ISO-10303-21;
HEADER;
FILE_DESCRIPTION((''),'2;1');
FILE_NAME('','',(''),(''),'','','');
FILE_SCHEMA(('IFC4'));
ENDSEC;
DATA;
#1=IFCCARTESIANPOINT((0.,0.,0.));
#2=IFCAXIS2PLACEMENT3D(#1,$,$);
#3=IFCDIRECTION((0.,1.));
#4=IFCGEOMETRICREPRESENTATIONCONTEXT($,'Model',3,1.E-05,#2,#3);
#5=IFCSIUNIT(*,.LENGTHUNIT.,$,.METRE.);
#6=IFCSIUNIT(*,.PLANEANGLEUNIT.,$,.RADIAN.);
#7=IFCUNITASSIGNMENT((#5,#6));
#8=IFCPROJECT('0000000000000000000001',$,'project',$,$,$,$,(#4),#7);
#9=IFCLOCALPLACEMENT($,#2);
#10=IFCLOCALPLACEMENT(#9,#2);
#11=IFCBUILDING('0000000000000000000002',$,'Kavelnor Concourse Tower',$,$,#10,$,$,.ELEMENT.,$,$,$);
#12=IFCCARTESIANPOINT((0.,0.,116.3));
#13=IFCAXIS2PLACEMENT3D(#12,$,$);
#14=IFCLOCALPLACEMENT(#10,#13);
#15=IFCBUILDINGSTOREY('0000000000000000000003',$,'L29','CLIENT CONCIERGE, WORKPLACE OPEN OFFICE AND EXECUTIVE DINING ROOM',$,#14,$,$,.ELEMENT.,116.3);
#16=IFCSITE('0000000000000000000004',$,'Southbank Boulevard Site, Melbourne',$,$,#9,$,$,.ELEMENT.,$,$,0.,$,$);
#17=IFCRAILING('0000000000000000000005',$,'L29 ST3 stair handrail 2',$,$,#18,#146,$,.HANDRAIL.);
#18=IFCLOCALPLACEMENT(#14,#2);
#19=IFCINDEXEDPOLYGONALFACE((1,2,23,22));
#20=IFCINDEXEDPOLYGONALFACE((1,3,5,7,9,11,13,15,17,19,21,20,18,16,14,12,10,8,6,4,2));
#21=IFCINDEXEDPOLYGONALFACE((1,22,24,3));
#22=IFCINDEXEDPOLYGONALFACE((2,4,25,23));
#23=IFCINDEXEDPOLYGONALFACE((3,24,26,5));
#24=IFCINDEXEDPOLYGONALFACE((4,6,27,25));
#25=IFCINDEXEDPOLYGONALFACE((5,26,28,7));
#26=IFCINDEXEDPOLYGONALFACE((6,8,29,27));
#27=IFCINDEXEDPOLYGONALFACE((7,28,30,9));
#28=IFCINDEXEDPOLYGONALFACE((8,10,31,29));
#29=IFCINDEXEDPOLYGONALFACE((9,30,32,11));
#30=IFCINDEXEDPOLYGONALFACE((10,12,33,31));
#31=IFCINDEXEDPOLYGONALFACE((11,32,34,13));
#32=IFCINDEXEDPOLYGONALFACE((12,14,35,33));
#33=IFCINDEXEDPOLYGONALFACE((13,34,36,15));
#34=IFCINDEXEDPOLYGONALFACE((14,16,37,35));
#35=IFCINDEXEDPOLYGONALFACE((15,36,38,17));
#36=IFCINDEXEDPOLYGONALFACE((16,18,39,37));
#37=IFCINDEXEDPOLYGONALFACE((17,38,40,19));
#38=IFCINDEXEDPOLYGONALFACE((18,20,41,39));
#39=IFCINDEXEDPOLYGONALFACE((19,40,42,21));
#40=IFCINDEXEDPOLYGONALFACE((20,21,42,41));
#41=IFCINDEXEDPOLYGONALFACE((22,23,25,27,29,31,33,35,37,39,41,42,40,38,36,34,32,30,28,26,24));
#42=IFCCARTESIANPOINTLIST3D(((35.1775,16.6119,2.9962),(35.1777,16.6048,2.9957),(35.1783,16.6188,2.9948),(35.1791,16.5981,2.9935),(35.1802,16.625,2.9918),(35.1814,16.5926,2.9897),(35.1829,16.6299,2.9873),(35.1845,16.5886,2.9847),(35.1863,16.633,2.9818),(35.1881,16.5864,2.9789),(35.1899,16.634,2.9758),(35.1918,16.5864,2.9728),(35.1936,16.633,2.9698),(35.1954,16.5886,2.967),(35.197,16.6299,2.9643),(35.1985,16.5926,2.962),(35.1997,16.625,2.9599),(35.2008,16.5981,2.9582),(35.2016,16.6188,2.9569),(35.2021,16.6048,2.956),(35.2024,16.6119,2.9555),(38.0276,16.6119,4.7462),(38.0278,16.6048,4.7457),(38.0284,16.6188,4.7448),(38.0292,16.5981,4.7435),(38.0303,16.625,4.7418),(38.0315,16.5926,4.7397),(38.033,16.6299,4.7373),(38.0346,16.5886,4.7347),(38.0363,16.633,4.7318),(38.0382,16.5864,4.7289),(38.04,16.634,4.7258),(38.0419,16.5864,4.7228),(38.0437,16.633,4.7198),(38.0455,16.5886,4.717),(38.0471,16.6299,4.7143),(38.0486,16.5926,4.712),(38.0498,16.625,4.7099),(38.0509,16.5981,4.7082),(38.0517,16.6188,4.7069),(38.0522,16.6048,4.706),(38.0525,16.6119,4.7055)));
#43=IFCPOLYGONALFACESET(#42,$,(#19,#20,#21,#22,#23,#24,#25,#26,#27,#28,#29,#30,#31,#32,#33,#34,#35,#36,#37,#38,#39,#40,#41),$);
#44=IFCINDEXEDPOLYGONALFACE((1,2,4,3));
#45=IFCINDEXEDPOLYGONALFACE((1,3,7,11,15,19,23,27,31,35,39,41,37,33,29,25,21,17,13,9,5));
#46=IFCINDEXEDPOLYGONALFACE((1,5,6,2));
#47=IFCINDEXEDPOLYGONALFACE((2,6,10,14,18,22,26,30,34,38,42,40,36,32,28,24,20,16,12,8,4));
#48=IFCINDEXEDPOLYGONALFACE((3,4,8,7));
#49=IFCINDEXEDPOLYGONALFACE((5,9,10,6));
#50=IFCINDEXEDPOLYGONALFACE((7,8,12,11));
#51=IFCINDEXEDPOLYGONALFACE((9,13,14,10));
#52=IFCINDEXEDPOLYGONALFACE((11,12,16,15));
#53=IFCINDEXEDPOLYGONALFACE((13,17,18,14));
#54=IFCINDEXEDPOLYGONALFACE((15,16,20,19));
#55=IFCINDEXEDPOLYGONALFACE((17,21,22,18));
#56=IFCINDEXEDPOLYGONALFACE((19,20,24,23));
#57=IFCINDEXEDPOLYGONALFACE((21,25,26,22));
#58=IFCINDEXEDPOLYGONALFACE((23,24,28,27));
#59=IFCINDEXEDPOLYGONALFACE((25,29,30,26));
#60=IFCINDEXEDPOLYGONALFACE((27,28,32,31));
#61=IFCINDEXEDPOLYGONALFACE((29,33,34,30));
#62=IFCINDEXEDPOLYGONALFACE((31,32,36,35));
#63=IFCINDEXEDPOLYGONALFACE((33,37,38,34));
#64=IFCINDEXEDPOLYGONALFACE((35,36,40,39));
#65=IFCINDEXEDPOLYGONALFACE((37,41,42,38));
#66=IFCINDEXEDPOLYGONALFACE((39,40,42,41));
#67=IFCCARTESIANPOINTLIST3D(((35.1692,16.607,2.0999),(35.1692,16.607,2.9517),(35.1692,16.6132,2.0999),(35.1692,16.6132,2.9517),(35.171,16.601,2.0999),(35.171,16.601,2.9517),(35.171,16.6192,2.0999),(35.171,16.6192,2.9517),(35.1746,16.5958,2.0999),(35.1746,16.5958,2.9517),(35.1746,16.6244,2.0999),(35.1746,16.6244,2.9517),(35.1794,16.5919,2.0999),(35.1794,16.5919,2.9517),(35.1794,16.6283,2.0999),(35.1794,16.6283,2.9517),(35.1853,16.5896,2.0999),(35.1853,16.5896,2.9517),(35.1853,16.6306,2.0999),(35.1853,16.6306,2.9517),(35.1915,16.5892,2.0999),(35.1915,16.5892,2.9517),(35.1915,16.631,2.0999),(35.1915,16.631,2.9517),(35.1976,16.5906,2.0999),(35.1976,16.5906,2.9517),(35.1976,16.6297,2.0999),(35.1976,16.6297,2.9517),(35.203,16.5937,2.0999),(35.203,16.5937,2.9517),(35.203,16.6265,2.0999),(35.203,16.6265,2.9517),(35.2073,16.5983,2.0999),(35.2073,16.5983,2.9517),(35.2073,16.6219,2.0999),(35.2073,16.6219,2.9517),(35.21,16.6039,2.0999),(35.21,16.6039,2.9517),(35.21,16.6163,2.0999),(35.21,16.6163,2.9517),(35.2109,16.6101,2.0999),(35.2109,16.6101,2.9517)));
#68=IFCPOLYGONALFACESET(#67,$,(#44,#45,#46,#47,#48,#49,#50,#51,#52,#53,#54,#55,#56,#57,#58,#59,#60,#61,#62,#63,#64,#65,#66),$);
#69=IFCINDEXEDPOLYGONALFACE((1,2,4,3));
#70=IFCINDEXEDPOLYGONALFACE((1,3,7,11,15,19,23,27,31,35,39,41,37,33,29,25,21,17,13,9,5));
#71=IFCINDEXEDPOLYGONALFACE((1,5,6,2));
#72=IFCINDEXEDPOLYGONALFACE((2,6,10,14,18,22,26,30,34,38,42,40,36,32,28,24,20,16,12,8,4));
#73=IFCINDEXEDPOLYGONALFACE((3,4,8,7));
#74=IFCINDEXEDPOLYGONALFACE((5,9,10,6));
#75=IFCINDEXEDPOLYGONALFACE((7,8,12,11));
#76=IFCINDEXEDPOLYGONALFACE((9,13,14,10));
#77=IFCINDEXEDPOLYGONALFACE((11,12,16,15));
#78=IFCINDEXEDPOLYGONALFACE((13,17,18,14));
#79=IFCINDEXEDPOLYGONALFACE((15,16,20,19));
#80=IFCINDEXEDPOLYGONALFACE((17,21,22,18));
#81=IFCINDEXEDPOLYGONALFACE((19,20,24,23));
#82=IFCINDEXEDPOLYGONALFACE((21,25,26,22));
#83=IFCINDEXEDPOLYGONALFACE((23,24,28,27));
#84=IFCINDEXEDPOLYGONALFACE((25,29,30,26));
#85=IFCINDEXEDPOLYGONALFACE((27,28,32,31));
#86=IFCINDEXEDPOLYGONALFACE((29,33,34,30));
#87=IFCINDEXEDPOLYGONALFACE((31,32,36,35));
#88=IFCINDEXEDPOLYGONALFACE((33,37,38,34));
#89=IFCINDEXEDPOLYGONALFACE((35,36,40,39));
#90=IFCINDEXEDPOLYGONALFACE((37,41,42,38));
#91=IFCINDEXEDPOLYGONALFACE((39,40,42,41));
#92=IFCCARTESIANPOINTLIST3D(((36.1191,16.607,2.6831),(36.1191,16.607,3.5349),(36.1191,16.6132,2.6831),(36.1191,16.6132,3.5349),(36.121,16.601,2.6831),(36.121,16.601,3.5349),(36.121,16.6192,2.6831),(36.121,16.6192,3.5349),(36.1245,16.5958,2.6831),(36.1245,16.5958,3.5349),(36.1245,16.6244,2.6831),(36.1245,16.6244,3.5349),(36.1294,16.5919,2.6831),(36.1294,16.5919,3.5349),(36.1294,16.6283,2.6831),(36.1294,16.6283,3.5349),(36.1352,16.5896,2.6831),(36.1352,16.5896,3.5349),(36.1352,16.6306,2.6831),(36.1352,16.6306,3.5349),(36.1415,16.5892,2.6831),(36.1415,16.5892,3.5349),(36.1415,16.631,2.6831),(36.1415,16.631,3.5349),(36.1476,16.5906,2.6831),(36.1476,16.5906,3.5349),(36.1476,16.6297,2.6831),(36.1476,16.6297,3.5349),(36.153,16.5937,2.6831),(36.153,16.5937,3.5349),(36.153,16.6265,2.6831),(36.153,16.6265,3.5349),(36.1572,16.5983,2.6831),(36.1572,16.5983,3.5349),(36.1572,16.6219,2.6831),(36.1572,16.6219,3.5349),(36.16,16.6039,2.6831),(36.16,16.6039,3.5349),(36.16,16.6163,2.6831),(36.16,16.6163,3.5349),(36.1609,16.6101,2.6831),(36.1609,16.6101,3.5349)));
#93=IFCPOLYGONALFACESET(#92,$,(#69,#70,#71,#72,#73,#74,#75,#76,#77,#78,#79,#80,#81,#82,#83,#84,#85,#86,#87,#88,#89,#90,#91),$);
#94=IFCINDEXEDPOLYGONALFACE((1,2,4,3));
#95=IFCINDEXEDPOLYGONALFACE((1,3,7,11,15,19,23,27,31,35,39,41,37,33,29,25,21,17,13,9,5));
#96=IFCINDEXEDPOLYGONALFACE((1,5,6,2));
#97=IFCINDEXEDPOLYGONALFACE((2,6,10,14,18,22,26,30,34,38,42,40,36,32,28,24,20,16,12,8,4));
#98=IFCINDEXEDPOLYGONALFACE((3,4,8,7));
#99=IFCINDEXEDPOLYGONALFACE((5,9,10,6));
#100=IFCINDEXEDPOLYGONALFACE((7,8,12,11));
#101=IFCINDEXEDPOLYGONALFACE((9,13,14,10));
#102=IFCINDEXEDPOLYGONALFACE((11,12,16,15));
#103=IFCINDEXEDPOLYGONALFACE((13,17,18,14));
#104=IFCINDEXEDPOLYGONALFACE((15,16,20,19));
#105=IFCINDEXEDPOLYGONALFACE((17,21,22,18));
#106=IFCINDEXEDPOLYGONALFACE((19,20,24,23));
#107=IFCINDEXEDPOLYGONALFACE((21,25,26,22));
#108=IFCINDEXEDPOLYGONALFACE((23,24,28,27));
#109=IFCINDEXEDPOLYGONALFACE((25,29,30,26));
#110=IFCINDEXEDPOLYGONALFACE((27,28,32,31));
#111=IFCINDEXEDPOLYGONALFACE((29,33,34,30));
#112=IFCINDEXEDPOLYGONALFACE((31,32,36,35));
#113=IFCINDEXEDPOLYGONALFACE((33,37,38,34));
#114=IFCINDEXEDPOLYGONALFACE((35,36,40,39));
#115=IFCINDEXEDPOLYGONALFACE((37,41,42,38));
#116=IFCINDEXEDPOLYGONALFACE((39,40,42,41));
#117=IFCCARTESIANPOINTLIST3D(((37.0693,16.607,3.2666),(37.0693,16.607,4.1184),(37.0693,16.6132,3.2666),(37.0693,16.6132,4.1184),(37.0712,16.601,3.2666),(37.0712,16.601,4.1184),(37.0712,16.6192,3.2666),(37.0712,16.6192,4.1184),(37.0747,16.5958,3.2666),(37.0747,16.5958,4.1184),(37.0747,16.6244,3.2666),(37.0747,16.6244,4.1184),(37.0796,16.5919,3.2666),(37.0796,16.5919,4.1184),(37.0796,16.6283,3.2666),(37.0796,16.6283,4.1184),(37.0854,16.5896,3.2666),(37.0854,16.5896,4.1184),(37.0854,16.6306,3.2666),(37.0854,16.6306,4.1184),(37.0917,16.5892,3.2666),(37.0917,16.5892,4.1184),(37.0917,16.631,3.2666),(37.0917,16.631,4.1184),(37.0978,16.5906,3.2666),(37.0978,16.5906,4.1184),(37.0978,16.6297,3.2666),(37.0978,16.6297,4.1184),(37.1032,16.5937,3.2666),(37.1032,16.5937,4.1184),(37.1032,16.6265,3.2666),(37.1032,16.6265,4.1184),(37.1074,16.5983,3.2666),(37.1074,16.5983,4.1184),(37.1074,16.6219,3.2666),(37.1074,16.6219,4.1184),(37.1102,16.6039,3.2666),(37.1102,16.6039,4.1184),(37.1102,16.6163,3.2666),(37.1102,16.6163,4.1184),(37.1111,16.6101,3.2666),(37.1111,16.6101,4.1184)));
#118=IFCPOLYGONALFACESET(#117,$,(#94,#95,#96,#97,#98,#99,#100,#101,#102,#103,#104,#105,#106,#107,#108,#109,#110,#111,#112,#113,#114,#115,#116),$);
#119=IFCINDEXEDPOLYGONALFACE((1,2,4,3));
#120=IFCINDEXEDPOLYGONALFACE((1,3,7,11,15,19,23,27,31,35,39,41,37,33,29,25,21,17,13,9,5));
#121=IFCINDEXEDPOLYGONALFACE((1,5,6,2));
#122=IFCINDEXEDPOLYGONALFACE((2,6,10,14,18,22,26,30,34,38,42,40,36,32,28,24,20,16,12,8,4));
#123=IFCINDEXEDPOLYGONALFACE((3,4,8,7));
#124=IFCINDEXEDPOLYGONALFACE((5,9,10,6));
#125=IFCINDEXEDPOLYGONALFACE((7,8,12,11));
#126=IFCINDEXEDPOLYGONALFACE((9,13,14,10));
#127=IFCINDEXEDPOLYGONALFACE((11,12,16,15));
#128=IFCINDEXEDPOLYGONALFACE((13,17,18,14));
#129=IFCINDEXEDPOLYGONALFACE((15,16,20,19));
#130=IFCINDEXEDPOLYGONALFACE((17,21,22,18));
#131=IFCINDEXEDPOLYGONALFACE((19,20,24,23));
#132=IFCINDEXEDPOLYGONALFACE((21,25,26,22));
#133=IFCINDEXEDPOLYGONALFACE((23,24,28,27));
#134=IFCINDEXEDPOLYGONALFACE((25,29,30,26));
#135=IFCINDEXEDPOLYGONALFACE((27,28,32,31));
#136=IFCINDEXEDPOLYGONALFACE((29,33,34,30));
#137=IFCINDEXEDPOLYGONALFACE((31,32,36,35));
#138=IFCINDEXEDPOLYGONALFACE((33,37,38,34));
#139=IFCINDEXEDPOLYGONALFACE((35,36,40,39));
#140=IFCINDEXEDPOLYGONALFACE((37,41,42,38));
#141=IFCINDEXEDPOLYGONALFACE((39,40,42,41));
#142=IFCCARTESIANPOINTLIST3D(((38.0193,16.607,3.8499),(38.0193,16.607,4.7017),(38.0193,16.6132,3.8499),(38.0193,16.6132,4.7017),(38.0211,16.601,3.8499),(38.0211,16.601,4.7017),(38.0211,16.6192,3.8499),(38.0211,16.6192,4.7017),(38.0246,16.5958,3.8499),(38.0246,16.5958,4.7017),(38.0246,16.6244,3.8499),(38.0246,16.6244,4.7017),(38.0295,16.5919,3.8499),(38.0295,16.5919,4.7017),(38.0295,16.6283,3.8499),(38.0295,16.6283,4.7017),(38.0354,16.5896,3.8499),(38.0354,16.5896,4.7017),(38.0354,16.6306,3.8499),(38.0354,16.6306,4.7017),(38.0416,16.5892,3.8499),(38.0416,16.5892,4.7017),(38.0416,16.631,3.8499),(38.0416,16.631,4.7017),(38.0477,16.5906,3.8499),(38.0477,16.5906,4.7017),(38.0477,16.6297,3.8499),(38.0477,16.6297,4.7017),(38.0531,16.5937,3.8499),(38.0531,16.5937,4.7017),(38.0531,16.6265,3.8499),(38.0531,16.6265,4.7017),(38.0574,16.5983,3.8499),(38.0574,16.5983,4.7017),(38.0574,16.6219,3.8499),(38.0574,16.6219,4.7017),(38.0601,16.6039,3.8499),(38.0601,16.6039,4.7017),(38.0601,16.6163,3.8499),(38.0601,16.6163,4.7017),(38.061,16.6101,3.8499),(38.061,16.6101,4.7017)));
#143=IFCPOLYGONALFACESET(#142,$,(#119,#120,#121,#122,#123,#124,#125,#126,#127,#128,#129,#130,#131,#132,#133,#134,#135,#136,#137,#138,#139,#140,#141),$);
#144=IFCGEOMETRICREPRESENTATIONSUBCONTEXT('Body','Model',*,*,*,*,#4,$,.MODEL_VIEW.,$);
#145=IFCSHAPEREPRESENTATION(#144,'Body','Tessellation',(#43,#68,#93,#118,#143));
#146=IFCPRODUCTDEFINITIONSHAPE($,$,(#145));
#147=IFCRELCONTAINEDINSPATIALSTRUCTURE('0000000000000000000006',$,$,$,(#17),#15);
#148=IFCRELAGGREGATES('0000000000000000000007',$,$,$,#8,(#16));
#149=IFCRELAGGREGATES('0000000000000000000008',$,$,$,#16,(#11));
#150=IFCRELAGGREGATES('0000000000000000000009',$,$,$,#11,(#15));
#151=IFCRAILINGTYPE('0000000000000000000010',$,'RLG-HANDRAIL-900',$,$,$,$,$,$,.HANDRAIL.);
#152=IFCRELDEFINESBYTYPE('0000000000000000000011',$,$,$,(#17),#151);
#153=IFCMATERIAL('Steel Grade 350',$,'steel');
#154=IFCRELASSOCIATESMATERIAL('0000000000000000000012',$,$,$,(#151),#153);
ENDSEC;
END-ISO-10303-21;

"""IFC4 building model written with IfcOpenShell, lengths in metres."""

from ifc_helpers import new_model, si_unit, direction, frame, origin, origin_2d, place, context, subcontext, project, spatial, circle, extrude, material, type_object, element, save


model = new_model("IFC4")

# Units and contexts
model_context = context("Model", 3, precision=1e-05, world=origin(), true_north=direction((0.0, 1.0)))
body_context = subcontext(model_context, "Body", "Model", "MODEL_VIEW")
ifc_project = project(units=[si_unit("LENGTHUNIT", "METRE"), si_unit("PLANEANGLEUNIT", "RADIAN")], contexts=[model_context])

# Site, building, storey
site_placement = place(None, origin())
site = spatial("IfcSite", under=ifc_project, at=site_placement, Name="Southbank Boulevard Site, Melbourne", CompositionType="ELEMENT", RefElevation=0.0)
building_placement = place(site_placement, origin())
building = spatial("IfcBuilding", under=site, at=building_placement, Name="Kavelnor Concourse Tower", CompositionType="ELEMENT")
storey_placement = place(building_placement, frame((0.0, 0.0, 116.3)))
storey = spatial("IfcBuildingStorey", under=building, at=storey_placement, Name="L29", Description="CLIENT CONCIERGE, WORKPLACE OPEN OFFICE AND EXECUTIVE DINING ROOM", CompositionType="ELEMENT", Elevation=116.3)

# Shared definitions
ifc_material_1 = material(Name="Steel Grade 350", Category="steel")

# Railing
railing_type_1 = type_object("IfcRailingType", Name="RLG-HANDRAIL-900", PredefinedType="HANDRAIL", material=ifc_material_1)
railing_1_placement = place(storey_placement, frame((35.1899, 16.6101, 2.0999)))
element("IfcRailing", 1, at=railing_1_placement, inside=storey, type_object=railing_type_1, Name="L29 ST3 stair handrail 2", PredefinedType="HANDRAIL", context=body_context, shape_type="SweptSolid", body=[
    extrude(circle(Radius=0.0239, at=origin_2d()), frame((0.0, 0.0, 0.876), z_axis=(0.852179, 0.0, 0.52325), x_axis=(0.0, 1.0, 0.0)), (0.0, 0.0, 1.0), 3.3445),
    extrude(circle(Radius=0.021, at=origin_2d()), origin(), (0.0, 0.0, 1.0), 0.8518),
    extrude(circle(Radius=0.021, at=origin_2d()), frame((0.95, 0.0, 0.5833)), (0.0, 0.0, 1.0), 0.8518),
    extrude(circle(Radius=0.021, at=origin_2d()), frame((1.9001, 0.0, 1.1667)), (0.0, 0.0, 1.0), 0.8518),
    extrude(circle(Radius=0.021, at=origin_2d()), frame((2.8501, 0.0, 1.75)), (0.0, 0.0, 1.0), 0.8518),
])

save(model, "model.ifc")
